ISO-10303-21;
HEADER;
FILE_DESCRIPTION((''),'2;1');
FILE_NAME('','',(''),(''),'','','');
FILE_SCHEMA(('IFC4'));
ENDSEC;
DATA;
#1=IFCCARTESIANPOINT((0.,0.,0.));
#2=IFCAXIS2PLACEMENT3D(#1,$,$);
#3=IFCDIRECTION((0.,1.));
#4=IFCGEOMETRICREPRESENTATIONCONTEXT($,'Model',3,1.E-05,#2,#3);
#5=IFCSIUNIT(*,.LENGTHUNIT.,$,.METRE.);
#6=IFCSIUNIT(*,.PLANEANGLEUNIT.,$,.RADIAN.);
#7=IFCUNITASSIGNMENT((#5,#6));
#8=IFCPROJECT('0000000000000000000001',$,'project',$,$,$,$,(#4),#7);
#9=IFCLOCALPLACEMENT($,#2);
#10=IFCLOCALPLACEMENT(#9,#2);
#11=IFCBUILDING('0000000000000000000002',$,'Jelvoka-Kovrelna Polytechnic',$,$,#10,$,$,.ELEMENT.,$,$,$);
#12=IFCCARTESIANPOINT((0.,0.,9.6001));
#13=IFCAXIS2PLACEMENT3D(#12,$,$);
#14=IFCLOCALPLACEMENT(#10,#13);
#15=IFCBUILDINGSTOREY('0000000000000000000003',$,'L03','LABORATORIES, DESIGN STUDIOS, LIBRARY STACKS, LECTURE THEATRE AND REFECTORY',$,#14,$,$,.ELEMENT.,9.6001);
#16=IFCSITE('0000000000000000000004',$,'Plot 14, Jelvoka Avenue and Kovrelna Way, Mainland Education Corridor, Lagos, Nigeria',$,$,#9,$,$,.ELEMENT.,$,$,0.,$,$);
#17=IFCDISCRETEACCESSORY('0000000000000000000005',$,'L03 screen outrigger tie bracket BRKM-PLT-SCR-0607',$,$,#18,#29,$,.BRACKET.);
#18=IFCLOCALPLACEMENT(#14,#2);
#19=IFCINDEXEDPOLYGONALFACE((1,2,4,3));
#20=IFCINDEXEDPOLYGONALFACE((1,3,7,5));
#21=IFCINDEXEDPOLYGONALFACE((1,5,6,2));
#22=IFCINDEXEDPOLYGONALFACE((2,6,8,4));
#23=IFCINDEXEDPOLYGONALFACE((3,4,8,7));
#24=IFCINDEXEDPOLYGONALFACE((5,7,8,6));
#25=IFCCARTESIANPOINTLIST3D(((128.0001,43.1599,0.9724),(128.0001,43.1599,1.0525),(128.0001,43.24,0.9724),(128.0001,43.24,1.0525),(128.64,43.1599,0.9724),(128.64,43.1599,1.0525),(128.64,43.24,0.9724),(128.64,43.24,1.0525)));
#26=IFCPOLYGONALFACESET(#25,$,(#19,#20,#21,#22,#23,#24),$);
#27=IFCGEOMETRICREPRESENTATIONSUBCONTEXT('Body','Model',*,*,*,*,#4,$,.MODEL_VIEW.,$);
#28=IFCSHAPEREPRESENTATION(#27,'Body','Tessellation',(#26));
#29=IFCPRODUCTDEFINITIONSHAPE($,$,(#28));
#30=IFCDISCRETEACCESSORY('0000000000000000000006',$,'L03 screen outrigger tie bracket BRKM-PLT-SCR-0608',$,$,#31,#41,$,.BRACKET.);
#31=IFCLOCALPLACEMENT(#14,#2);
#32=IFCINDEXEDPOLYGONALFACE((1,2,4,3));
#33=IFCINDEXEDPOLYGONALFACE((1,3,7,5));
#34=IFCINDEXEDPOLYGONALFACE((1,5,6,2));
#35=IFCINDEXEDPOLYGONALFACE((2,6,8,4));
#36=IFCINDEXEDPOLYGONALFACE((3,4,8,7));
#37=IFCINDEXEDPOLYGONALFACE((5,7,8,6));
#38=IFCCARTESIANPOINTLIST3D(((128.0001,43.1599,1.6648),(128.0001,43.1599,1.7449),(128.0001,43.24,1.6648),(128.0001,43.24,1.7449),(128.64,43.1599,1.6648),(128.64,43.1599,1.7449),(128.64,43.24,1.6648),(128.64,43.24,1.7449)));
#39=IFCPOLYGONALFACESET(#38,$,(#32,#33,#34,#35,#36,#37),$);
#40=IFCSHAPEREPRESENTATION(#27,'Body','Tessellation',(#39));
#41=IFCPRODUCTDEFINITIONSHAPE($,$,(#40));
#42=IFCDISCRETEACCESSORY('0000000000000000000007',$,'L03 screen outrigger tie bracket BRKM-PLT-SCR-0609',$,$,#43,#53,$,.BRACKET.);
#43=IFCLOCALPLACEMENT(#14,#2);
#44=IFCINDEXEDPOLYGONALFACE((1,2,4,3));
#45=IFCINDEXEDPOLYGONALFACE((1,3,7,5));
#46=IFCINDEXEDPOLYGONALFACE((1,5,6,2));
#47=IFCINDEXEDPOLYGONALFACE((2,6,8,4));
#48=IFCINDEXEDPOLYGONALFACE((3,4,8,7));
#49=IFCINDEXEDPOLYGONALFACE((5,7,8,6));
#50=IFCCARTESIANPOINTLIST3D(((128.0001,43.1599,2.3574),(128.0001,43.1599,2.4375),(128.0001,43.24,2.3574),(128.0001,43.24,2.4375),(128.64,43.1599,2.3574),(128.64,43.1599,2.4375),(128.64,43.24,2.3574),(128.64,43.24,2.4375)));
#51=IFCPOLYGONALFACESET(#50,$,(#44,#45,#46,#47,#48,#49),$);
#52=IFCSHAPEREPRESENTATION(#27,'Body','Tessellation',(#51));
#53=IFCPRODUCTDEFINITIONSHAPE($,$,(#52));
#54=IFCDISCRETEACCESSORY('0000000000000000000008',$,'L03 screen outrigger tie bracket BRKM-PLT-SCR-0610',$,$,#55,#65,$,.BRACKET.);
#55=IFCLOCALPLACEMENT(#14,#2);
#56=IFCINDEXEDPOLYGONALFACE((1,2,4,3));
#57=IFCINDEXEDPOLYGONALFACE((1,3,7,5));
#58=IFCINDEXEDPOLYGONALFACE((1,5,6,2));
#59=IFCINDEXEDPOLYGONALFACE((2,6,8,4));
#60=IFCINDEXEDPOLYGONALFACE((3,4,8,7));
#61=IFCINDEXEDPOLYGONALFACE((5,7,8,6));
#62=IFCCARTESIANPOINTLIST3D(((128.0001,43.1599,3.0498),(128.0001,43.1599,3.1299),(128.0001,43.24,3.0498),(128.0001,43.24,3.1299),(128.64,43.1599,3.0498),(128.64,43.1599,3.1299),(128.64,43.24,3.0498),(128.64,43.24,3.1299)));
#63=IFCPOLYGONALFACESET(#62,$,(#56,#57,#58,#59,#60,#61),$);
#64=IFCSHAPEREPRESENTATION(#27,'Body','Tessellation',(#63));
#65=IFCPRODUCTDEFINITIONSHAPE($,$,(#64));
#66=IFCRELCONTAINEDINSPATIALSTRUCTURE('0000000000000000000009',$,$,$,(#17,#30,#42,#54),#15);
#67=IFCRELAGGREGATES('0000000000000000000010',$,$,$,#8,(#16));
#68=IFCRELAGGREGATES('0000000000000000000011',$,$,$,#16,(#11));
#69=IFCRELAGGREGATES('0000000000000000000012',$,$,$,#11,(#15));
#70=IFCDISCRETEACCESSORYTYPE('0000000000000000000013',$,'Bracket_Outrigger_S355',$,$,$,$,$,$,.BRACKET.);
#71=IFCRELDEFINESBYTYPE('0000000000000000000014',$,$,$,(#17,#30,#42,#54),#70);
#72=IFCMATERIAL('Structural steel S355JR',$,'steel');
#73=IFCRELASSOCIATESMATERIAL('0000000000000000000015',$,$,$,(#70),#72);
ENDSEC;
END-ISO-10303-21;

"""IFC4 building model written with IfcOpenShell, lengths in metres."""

from ifc_helpers import new_model, si_unit, direction, frame, origin, origin_2d, place, context, subcontext, project, spatial, rectangle, extrude, material, type_object, element, save


model = new_model("IFC4")

# Units and contexts
model_context = context("Model", 3, precision=1e-05, world=origin(), true_north=direction((0.0, 1.0)))
body_context = subcontext(model_context, "Body", "Model", "MODEL_VIEW")
ifc_project = project(units=[si_unit("LENGTHUNIT", "METRE"), si_unit("PLANEANGLEUNIT", "RADIAN")], contexts=[model_context])

# Site, building, storey
site_placement = place(None, origin())
site = spatial("IfcSite", under=ifc_project, at=site_placement, Name="Plot 14, Jelvoka Avenue and Kovrelna Way, Mainland Education Corridor, Lagos, Nigeria", CompositionType="ELEMENT", RefElevation=0.0)
building_placement = place(site_placement, origin())
building = spatial("IfcBuilding", under=site, at=building_placement, Name="Jelvoka-Kovrelna Polytechnic", CompositionType="ELEMENT")
storey_placement = place(building_placement, frame((0.0, 0.0, 9.6001)))
storey = spatial("IfcBuildingStorey", under=building, at=storey_placement, Name="L03", Description="LABORATORIES, DESIGN STUDIOS, LIBRARY STACKS, LECTURE THEATRE AND REFECTORY", CompositionType="ELEMENT", Elevation=9.6001)

# Discrete accessories
ifc_material_1 = material(Name="Structural steel S355JR", Category="steel")
discrete_accessory_type = type_object("IfcDiscreteAccessoryType", Name="Bracket_Outrigger_S355", PredefinedType="BRACKET", material=ifc_material_1)
for number, where, z_axis, x_axis, name in (
    (1, (128.3201, 43.2, 0.9724), (0.0, 0.0, 1.0), (1.0, 0.0, 0.0), "L03 screen outrigger tie bracket BRKM-PLT-SCR-0607"),
    (2, (128.3201, 43.2, 1.6648), (0.0, 0.0, 1.0), (1.0, 0.0, 0.0), "L03 screen outrigger tie bracket BRKM-PLT-SCR-0608"),
    (3, (128.3201, 43.2, 2.3574), (0.0, 0.0, 1.0), (1.0, 0.0, 0.0), "L03 screen outrigger tie bracket BRKM-PLT-SCR-0609"),
    (4, (128.3201, 43.2, 3.0498), (0.0, 0.0, 1.0), (1.0, 0.0, 0.0), "L03 screen outrigger tie bracket BRKM-PLT-SCR-0610"),
):
    element("IfcDiscreteAccessory", number, at=place(storey_placement, frame(where, z_axis=z_axis, x_axis=x_axis)), inside=storey, type_object=discrete_accessory_type, Name=name, PredefinedType="BRACKET", context=body_context, shape_type="SweptSolid", body=[
        extrude(rectangle(XDim=0.6399, YDim=0.0801, at=origin_2d()), origin(), (0.0, 0.0, 1.0), 0.0801),
    ])

save(model, "model.ifc")
